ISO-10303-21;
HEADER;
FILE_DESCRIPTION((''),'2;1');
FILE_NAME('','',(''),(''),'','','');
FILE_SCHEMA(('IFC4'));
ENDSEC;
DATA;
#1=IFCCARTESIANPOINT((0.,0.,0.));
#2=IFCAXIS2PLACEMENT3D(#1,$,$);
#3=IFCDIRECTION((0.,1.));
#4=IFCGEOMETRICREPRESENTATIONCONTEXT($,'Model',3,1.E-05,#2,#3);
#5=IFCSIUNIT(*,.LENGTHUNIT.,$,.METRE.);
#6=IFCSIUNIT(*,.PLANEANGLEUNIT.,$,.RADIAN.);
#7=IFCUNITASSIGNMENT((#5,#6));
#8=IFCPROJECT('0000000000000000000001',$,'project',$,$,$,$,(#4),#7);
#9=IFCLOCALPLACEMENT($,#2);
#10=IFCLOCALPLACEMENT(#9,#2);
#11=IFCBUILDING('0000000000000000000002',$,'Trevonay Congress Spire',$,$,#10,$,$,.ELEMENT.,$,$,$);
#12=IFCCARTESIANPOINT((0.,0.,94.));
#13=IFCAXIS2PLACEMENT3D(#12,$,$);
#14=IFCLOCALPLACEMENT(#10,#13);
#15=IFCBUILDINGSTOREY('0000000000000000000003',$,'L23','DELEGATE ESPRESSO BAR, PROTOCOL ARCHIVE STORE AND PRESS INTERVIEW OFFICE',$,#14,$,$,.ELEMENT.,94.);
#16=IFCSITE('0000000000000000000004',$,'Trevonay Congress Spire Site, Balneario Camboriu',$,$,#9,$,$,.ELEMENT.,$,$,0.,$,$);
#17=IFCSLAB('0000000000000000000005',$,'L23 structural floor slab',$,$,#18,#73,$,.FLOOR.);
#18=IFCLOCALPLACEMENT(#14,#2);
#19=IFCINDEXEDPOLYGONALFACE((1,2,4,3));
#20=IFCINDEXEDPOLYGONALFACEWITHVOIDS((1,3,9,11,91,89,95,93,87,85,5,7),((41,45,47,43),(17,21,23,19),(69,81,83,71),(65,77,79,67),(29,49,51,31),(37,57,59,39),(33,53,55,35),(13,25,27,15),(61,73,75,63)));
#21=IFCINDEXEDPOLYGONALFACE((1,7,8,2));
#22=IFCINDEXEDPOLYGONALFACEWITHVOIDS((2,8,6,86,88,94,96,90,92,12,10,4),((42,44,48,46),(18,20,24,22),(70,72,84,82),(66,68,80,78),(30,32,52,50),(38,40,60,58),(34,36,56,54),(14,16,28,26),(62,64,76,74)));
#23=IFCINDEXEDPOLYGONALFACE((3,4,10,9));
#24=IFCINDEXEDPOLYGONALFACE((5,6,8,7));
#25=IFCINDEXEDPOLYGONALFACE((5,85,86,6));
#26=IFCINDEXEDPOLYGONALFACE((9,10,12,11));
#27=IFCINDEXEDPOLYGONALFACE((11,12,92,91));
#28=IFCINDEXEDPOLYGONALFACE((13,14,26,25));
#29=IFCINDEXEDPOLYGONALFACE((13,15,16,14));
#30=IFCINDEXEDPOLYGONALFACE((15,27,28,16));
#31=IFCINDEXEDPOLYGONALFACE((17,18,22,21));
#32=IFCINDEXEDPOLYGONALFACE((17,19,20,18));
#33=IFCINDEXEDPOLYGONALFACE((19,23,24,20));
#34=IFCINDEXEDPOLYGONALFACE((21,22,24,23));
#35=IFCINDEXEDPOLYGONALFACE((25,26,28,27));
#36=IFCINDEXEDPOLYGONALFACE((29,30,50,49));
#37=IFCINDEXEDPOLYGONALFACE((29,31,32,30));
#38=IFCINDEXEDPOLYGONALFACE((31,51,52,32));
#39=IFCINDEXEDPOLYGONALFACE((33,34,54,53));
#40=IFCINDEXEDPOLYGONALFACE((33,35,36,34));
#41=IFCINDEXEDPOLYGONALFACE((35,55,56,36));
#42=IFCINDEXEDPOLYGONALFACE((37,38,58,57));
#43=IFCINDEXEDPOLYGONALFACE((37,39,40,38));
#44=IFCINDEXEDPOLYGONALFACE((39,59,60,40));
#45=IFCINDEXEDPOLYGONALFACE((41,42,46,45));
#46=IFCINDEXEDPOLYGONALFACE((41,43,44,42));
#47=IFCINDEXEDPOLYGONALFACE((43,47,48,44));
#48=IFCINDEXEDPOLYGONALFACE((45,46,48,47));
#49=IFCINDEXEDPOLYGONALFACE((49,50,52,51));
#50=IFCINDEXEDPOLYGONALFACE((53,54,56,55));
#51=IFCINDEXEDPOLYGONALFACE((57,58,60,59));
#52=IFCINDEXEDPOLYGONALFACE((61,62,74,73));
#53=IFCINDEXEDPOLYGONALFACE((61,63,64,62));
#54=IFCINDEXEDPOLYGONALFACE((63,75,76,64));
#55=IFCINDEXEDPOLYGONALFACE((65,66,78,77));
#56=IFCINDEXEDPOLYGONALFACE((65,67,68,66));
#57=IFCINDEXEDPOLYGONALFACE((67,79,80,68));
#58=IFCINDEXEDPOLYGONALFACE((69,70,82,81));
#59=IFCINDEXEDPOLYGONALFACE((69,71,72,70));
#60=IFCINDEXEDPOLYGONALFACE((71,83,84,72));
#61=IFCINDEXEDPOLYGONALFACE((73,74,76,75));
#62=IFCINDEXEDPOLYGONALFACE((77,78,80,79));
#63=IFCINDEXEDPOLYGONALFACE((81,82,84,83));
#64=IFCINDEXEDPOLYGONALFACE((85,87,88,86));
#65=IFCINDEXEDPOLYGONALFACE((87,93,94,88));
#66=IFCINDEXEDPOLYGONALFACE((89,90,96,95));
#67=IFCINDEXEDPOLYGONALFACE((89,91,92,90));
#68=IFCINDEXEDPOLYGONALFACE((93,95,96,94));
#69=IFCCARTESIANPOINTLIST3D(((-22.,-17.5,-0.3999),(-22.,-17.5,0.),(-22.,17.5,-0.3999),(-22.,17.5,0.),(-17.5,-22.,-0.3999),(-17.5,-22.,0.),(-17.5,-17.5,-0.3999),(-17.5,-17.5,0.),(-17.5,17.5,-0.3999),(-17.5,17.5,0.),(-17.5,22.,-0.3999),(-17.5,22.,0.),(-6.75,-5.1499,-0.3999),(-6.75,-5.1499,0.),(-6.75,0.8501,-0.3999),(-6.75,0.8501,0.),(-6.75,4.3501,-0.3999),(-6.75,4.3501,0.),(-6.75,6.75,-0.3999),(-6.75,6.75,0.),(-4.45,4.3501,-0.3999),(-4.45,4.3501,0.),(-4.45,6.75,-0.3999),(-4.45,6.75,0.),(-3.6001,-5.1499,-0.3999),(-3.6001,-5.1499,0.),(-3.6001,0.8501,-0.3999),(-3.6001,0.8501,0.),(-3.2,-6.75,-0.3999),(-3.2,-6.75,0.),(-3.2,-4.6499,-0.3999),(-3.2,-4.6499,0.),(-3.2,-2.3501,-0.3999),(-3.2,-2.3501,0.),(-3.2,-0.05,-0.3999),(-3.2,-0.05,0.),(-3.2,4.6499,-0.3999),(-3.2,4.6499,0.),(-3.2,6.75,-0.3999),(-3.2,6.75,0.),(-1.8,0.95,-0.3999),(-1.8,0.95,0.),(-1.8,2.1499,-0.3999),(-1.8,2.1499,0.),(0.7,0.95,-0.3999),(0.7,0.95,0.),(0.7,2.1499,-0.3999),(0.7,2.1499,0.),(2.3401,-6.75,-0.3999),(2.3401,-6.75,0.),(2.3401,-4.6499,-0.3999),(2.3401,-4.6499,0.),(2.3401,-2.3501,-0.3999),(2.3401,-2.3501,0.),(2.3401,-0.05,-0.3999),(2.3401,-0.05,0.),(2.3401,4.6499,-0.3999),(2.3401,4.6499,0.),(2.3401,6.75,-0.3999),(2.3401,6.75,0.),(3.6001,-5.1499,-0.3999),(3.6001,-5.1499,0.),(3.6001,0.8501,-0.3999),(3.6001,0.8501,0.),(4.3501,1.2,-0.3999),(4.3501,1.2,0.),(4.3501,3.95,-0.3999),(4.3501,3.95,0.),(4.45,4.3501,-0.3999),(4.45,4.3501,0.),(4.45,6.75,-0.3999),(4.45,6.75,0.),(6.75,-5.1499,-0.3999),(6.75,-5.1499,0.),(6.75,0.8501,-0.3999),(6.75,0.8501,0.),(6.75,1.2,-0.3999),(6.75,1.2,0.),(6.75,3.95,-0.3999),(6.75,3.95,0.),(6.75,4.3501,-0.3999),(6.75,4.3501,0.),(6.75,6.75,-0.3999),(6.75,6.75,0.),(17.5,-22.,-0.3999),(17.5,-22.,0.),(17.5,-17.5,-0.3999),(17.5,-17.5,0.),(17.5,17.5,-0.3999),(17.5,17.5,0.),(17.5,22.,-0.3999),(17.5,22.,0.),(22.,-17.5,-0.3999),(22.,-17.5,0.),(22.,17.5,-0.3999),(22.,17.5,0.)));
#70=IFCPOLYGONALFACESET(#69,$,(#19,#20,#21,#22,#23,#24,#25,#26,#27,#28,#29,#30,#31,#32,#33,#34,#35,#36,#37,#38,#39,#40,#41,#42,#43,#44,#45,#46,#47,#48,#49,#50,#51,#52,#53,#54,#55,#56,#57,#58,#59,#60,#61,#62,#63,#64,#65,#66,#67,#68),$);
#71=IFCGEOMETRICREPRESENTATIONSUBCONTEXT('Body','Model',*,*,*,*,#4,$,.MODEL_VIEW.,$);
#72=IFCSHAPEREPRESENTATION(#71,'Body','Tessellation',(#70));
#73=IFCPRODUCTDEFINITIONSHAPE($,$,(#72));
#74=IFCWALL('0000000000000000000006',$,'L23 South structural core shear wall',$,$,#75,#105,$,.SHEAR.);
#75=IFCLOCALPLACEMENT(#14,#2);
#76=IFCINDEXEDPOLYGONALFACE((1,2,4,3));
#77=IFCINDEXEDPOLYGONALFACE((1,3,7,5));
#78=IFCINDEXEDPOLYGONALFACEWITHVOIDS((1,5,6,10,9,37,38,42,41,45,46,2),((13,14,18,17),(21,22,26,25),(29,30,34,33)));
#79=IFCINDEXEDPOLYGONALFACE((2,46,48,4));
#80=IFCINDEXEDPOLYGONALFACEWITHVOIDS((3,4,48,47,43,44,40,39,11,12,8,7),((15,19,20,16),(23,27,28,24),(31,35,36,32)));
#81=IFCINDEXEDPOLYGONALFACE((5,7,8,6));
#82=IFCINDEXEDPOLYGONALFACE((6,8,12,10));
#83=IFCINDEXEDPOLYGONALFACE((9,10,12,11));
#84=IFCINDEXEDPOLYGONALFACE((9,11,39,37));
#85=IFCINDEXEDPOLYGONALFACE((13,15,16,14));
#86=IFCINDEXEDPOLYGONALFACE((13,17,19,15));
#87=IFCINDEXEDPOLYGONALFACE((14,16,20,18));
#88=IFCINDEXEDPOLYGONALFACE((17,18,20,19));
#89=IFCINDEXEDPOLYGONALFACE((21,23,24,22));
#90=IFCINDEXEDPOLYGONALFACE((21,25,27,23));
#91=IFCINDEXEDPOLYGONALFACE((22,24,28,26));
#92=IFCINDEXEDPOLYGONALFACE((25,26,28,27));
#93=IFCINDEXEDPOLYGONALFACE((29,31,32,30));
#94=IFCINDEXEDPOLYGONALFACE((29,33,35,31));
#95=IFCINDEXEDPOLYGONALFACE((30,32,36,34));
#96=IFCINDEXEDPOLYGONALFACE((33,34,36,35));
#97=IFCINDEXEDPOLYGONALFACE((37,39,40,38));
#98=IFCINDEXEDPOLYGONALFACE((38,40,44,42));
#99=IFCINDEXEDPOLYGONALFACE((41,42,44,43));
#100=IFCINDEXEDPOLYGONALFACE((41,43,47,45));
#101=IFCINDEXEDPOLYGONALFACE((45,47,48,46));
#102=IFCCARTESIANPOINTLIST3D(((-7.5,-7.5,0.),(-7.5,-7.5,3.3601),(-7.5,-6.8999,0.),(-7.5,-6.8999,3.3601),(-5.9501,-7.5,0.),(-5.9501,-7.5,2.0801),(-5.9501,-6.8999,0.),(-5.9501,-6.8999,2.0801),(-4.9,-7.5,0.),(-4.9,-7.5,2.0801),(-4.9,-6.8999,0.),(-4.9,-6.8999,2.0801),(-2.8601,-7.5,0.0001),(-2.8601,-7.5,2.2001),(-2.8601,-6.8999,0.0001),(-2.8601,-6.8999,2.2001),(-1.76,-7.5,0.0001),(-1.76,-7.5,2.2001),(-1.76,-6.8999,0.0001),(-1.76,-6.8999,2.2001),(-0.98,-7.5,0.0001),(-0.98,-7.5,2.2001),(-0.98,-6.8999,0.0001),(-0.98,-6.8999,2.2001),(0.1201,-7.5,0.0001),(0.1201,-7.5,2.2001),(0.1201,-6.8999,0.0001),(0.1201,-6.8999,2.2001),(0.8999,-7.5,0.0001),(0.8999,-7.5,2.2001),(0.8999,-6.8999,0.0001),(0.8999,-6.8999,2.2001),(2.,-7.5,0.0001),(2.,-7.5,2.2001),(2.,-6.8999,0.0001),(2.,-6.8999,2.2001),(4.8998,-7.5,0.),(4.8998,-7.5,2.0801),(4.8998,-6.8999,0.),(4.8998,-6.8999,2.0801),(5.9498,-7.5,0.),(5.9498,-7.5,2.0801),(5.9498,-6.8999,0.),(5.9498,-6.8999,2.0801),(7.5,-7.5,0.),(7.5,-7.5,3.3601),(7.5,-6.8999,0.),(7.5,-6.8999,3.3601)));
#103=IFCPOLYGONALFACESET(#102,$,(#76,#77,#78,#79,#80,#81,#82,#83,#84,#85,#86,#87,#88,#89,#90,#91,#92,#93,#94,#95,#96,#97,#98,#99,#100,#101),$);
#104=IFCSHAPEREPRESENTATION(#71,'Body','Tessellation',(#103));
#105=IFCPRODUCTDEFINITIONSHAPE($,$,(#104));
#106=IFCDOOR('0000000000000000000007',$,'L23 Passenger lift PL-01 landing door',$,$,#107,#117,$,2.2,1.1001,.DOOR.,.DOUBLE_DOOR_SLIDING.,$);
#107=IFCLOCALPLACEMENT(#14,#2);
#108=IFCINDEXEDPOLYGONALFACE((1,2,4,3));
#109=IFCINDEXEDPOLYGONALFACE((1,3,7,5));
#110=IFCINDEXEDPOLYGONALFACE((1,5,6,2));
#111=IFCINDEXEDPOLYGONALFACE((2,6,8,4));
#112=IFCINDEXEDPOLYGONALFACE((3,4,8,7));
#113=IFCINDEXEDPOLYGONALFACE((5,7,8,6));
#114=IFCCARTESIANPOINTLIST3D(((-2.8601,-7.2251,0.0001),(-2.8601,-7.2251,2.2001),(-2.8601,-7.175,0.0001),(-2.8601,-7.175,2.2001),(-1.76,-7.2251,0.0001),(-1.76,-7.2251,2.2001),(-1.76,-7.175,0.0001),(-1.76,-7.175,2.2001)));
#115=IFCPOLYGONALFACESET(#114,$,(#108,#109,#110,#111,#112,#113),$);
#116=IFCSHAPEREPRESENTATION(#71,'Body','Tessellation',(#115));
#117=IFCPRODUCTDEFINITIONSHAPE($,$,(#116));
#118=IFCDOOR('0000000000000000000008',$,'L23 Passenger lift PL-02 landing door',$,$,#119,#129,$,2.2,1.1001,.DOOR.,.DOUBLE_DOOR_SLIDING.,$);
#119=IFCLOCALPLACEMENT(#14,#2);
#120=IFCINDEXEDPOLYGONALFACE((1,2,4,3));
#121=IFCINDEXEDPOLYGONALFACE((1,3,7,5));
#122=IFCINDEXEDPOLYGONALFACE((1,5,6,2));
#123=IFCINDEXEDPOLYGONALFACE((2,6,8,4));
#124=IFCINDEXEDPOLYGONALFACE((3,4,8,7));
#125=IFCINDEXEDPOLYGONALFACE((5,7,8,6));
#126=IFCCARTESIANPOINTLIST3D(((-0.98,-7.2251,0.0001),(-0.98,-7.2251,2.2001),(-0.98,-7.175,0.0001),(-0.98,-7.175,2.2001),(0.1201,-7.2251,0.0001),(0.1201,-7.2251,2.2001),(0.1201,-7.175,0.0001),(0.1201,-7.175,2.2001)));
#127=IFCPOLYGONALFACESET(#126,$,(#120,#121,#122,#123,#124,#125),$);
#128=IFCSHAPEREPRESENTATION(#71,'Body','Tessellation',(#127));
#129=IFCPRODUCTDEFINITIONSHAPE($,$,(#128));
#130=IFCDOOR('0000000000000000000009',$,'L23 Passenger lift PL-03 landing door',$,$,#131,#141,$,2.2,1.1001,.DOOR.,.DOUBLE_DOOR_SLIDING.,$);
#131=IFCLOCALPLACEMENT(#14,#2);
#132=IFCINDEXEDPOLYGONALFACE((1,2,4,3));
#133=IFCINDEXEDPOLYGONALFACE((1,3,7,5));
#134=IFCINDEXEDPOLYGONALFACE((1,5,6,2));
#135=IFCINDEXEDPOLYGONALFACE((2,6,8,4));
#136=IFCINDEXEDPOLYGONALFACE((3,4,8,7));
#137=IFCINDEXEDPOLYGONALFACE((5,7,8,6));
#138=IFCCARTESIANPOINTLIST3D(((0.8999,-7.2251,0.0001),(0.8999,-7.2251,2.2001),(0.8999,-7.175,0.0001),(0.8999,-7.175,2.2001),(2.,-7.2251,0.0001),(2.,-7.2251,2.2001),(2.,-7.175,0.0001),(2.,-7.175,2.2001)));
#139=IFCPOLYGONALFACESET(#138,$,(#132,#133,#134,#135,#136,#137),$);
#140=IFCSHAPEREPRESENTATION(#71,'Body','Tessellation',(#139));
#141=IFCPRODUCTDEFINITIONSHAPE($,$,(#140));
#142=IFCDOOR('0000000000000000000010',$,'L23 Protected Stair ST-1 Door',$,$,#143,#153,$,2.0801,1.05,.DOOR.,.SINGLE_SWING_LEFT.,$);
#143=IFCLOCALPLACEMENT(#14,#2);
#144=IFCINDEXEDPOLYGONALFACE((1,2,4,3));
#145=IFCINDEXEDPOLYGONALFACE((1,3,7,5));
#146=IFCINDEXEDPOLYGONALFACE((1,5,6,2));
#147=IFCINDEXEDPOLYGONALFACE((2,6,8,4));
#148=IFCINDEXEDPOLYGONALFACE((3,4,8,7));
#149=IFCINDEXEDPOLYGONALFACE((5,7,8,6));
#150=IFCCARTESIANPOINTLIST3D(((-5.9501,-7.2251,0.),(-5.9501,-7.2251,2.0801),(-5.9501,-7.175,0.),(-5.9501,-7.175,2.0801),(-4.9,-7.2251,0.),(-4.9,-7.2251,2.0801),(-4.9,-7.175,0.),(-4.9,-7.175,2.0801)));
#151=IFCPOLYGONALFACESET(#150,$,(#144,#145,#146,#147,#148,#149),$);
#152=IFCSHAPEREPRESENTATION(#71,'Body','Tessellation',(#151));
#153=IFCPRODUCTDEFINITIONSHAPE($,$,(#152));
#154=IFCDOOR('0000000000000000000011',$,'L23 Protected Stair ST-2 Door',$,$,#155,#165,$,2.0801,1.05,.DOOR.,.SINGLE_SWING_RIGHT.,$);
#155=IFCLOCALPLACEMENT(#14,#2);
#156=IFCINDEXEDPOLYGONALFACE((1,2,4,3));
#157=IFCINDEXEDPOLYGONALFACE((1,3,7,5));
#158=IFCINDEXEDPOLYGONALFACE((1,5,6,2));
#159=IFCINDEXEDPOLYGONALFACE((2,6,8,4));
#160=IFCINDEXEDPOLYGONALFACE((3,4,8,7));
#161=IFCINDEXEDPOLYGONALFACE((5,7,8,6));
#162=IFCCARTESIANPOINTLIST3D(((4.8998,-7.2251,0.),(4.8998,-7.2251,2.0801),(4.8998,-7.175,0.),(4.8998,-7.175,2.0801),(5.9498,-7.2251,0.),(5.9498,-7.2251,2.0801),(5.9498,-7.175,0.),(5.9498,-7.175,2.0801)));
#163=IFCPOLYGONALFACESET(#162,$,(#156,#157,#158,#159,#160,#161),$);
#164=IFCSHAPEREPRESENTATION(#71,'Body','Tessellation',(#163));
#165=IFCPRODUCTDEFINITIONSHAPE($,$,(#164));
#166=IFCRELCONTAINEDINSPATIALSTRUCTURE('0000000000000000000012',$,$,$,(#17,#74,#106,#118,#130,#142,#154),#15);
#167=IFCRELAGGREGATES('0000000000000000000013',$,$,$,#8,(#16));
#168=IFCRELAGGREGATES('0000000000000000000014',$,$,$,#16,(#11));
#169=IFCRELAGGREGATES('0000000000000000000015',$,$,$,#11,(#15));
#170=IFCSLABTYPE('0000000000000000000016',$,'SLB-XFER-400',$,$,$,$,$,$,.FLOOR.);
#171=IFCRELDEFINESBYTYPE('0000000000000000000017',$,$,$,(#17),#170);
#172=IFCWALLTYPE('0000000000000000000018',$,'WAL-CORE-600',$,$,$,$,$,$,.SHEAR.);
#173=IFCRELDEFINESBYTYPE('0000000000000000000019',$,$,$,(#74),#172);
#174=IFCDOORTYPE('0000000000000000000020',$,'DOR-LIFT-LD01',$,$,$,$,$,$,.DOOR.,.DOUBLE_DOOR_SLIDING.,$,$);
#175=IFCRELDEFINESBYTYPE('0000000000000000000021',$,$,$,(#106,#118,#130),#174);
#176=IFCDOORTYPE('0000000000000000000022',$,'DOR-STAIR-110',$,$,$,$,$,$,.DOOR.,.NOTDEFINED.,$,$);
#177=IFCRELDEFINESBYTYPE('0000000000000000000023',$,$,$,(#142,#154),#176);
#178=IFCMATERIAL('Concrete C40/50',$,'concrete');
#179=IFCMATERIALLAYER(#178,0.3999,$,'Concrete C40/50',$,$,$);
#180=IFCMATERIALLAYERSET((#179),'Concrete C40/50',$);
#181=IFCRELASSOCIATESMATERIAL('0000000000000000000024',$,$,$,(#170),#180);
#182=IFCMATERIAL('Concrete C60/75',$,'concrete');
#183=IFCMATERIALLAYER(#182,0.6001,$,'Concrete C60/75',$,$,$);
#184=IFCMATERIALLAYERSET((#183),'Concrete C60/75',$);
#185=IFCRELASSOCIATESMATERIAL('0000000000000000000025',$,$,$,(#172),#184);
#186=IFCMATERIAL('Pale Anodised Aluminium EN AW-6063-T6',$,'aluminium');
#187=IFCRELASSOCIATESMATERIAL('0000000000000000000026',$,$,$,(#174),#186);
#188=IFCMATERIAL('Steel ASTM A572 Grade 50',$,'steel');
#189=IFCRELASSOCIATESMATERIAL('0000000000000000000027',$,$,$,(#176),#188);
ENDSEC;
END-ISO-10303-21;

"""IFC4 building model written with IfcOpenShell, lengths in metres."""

from ifc_helpers import new_model, si_unit, direction, frame, frame_2d, origin, place, context, subcontext, project, spatial, polyline, rectangle, outline, extrude, material, layer, layer_set, type_object, element, fill, save


model = new_model("IFC4")

# Units and contexts
model_context = context("Model", 3, precision=1e-05, world=origin(), true_north=direction((0.0, 1.0)))
body_context = subcontext(model_context, "Body", "Model", "MODEL_VIEW")
ifc_project = project(units=[si_unit("LENGTHUNIT", "METRE"), si_unit("PLANEANGLEUNIT", "RADIAN")], contexts=[model_context])

# Site, building, storey
site_placement = place(None, origin())
site = spatial("IfcSite", under=ifc_project, at=site_placement, Name="Trevonay Congress Spire Site, Balneario Camboriu", CompositionType="ELEMENT", RefElevation=0.0)
building_placement = place(site_placement, origin())
building = spatial("IfcBuilding", under=site, at=building_placement, Name="Trevonay Congress Spire", CompositionType="ELEMENT")
storey_placement = place(building_placement, frame((0.0, 0.0, 94.0)))
storey = spatial("IfcBuildingStorey", under=building, at=storey_placement, Name="L23", Description="DELEGATE ESPRESSO BAR, PROTOCOL ARCHIVE STORE AND PRESS INTERVIEW OFFICE", CompositionType="ELEMENT", Elevation=94.0)

# Shared definitions
ifc_material_1 = material(Name="Steel ASTM A572 Grade 50", Category="steel")

# Slab
ifc_material_2 = material(Name="Concrete C40/50", Category="concrete")
ifc_layer_1 = layer(ifc_material_2, 0.3999, Name="Concrete C40/50")
ifc_layer_set_1 = layer_set([ifc_layer_1], Name="Concrete C40/50")
slab_type = type_object("IfcSlabType", Name="SLB-XFER-400", PredefinedType="FLOOR", material=ifc_layer_set_1)
slab_placement = place(storey_placement, frame((0.0, 0.0, -0.3999)))
element("IfcSlab", 1, at=slab_placement, inside=storey, type_object=slab_type, Name="L23 structural floor slab", PredefinedType="FLOOR", context=body_context, shape_type="SweptSolid", body=[
    extrude(outline(polyline([(-17.5, -22.0), (17.5, -22.0), (17.5, -17.5), (22.0, -17.5), (22.0, 17.5), (17.5, 17.5), (17.5, 22.0), (-17.5, 22.0), (-17.5, 17.5), (-22.0, 17.5), (-22.0, -17.5), (-17.5, -17.5), (-17.5, -22.0)]), holes=[polyline([(-3.6001, -5.1499), (-3.6001, 0.8501), (-6.75, 0.8501), (-6.75, -5.1499), (-3.6001, -5.1499)]), polyline([(6.75, -5.1499), (6.75, 0.8501), (3.6001, 0.8501), (3.6001, -5.1499), (6.75, -5.1499)]), polyline([(-3.2, -6.75), (2.3401, -6.75), (2.3401, -4.6499), (-3.2, -4.6499), (-3.2, -6.75)]), polyline([(-3.2, -2.3501), (2.3401, -2.3501), (2.3401, -0.05), (-3.2, -0.05), (-3.2, -2.3501)]), polyline([(-3.2, 4.6499), (2.3401, 4.6499), (2.3401, 6.75), (-3.2, 6.75), (-3.2, 4.6499)]), polyline([(-6.75, 4.3501), (-4.45, 4.3501), (-4.45, 6.75), (-6.75, 6.75), (-6.75, 4.3501)]), polyline([(4.45, 4.3501), (6.75, 4.3501), (6.75, 6.75), (4.45, 6.75), (4.45, 4.3501)]), polyline([(4.3501, 1.2), (6.75, 1.2), (6.75, 3.95), (4.3501, 3.95), (4.3501, 1.2)]), polyline([(-1.8, 0.95), (0.7, 0.95), (0.7, 2.1499), (-1.8, 2.1499), (-1.8, 0.95)])]), origin(), (0.0, 0.0, 1.0), 0.3999),
])

# Wall, openings, doors
ifc_material_3 = material(Name="Concrete C60/75", Category="concrete")
ifc_layer_2 = layer(ifc_material_3, 0.6001, Name="Concrete C60/75")
ifc_layer_set_2 = layer_set([ifc_layer_2], Name="Concrete C60/75")
wall_type_1 = type_object("IfcWallType", Name="WAL-CORE-600", PredefinedType="SHEAR", material=ifc_layer_set_2)
wall_1_placement = place(storey_placement, frame((-7.5, -7.2, 0.0), z_axis=(0.0, 0.0, 1.0), x_axis=(1.0, 0.0, 0.0)))
wall_1 = element("IfcWall", 2, at=wall_1_placement, inside=storey, type_object=wall_type_1, Name="L23 South structural core shear wall", PredefinedType="SHEAR", context=body_context, shape_type="SweptSolid", body=[
    extrude(rectangle(XDim=15.0, YDim=0.6001, at=frame_2d((7.5, 0.0))), origin(), (0.0, 0.0, 1.0), 3.3601),
])
opening_1_placement = place(wall_1_placement, frame((1.55, 0.0, 0.0)))
opening_1 = element("IfcOpeningElement", 3, at=opening_1_placement, cuts=wall_1, PredefinedType="OPENING", context=body_context, shape_type="SweptSolid", body=[
    extrude(rectangle(XDim=1.05, YDim=2.0801, at=frame_2d((0.5249, 1.04))), frame((0.0, 0.3101, 0.0), z_axis=(0.0, -1.0, 0.0), x_axis=(1.0, 0.0, 0.0)), (0.0, 0.0, 1.0), 0.6201),
])
opening_2_placement = place(wall_1_placement, frame((12.3999, 0.0, 0.0)))
opening_2 = element("IfcOpeningElement", 4, at=opening_2_placement, cuts=wall_1, PredefinedType="OPENING", context=body_context, shape_type="SweptSolid", body=[
    extrude(rectangle(XDim=1.05, YDim=2.0801, at=frame_2d((0.5249, 1.04))), frame((0.0, 0.3101, 0.0), z_axis=(0.0, -1.0, 0.0), x_axis=(1.0, 0.0, 0.0)), (0.0, 0.0, 1.0), 0.6201),
])
opening_3_placement = place(wall_1_placement, frame((4.6399, 0.0, 0.0)))
opening_3 = element("IfcOpeningElement", 5, at=opening_3_placement, cuts=wall_1, PredefinedType="OPENING", context=body_context, shape_type="SweptSolid", body=[
    extrude(rectangle(XDim=1.1001, YDim=2.2, at=frame_2d((0.55, 1.1001))), frame((0.0, 0.3101, 0.0), z_axis=(0.0, -1.0, 0.0), x_axis=(1.0, 0.0, 0.0)), (0.0, 0.0, 1.0), 0.6201),
])
opening_4_placement = place(wall_1_placement, frame((6.52, 0.0, 0.0)))
opening_4 = element("IfcOpeningElement", 6, at=opening_4_placement, cuts=wall_1, PredefinedType="OPENING", context=body_context, shape_type="SweptSolid", body=[
    extrude(rectangle(XDim=1.1001, YDim=2.2, at=frame_2d((0.55, 1.1001))), frame((0.0, 0.3101, 0.0), z_axis=(0.0, -1.0, 0.0), x_axis=(1.0, 0.0, 0.0)), (0.0, 0.0, 1.0), 0.6201),
])
opening_5_placement = place(wall_1_placement, frame((8.3999, 0.0, 0.0)))
opening_5 = element("IfcOpeningElement", 7, at=opening_5_placement, cuts=wall_1, PredefinedType="OPENING", context=body_context, shape_type="SweptSolid", body=[
    extrude(rectangle(XDim=1.1001, YDim=2.2, at=frame_2d((0.55, 1.1001))), frame((0.0, 0.3101, 0.0), z_axis=(0.0, -1.0, 0.0), x_axis=(1.0, 0.0, 0.0)), (0.0, 0.0, 1.0), 0.6201),
])
ifc_material_4 = material(Name="Pale Anodised Aluminium EN AW-6063-T6", Category="aluminium")
door_type_1 = type_object("IfcDoorType", Name="DOR-LIFT-LD01", OperationType="DOUBLE_DOOR_SLIDING", PredefinedType="DOOR", material=ifc_material_4)
door_1_placement = place(opening_3_placement, origin())
door_1 = element("IfcDoor", 8, at=door_1_placement, inside=storey, type_object=door_type_1, Name="L23 Passenger lift PL-01 landing door", OperationType="DOUBLE_DOOR_SLIDING", OverallHeight=2.2, OverallWidth=1.1001, PredefinedType="DOOR", context=body_context, shape_type="SweptSolid", body=[
    extrude(rectangle(XDim=1.1001, YDim=2.2, at=frame_2d((0.55, 1.1001))), frame((0.0, 0.0249, 0.0), z_axis=(0.0, -1.0, 0.0), x_axis=(1.0, 0.0, 0.0)), (0.0, 0.0, 1.0), 0.05),
])
fill(opening_3, door_1)
door_2_placement = place(opening_4_placement, origin())
door_2 = element("IfcDoor", 9, at=door_2_placement, inside=storey, type_object=door_type_1, Name="L23 Passenger lift PL-02 landing door", OperationType="DOUBLE_DOOR_SLIDING", OverallHeight=2.2, OverallWidth=1.1001, PredefinedType="DOOR", context=body_context, shape_type="SweptSolid", body=[
    extrude(rectangle(XDim=1.1001, YDim=2.2, at=frame_2d((0.55, 1.1001))), frame((0.0, 0.0249, 0.0), z_axis=(0.0, -1.0, 0.0), x_axis=(1.0, 0.0, 0.0)), (0.0, 0.0, 1.0), 0.05),
])
fill(opening_4, door_2)
door_3_placement = place(opening_5_placement, origin())
door_3 = element("IfcDoor", 10, at=door_3_placement, inside=storey, type_object=door_type_1, Name="L23 Passenger lift PL-03 landing door", OperationType="DOUBLE_DOOR_SLIDING", OverallHeight=2.2, OverallWidth=1.1001, PredefinedType="DOOR", context=body_context, shape_type="SweptSolid", body=[
    extrude(rectangle(XDim=1.1001, YDim=2.2, at=frame_2d((0.55, 1.1001))), frame((0.0, 0.0249, 0.0), z_axis=(0.0, -1.0, 0.0), x_axis=(1.0, 0.0, 0.0)), (0.0, 0.0, 1.0), 0.05),
])
fill(opening_5, door_3)
door_type_2 = type_object("IfcDoorType", Name="DOR-STAIR-110", OperationType="NOTDEFINED", PredefinedType="DOOR", material=ifc_material_1)
door_4_placement = place(opening_1_placement, origin())
door_4 = element("IfcDoor", 11, at=door_4_placement, inside=storey, type_object=door_type_2, Name="L23 Protected Stair ST-1 Door", OperationType="SINGLE_SWING_LEFT", OverallHeight=2.0801, OverallWidth=1.05, PredefinedType="DOOR", context=body_context, shape_type="SweptSolid", body=[
    extrude(rectangle(XDim=1.05, YDim=2.0801, at=frame_2d((0.5249, 1.04))), frame((0.0, 0.0249, 0.0), z_axis=(0.0, -1.0, 0.0), x_axis=(1.0, 0.0, 0.0)), (0.0, 0.0, 1.0), 0.05),
])
fill(opening_1, door_4)
door_5_placement = place(opening_2_placement, origin())
door_5 = element("IfcDoor", 12, at=door_5_placement, inside=storey, type_object=door_type_2, Name="L23 Protected Stair ST-2 Door", OperationType="SINGLE_SWING_RIGHT", OverallHeight=2.0801, OverallWidth=1.05, PredefinedType="DOOR", context=body_context, shape_type="SweptSolid", body=[
    extrude(rectangle(XDim=1.05, YDim=2.0801, at=frame_2d((0.5249, 1.04))), frame((0.0, 0.0249, 0.0), z_axis=(0.0, -1.0, 0.0), x_axis=(1.0, 0.0, 0.0)), (0.0, 0.0, 1.0), 0.05),
])
fill(opening_2, door_5)

save(model, "model.ifc")
